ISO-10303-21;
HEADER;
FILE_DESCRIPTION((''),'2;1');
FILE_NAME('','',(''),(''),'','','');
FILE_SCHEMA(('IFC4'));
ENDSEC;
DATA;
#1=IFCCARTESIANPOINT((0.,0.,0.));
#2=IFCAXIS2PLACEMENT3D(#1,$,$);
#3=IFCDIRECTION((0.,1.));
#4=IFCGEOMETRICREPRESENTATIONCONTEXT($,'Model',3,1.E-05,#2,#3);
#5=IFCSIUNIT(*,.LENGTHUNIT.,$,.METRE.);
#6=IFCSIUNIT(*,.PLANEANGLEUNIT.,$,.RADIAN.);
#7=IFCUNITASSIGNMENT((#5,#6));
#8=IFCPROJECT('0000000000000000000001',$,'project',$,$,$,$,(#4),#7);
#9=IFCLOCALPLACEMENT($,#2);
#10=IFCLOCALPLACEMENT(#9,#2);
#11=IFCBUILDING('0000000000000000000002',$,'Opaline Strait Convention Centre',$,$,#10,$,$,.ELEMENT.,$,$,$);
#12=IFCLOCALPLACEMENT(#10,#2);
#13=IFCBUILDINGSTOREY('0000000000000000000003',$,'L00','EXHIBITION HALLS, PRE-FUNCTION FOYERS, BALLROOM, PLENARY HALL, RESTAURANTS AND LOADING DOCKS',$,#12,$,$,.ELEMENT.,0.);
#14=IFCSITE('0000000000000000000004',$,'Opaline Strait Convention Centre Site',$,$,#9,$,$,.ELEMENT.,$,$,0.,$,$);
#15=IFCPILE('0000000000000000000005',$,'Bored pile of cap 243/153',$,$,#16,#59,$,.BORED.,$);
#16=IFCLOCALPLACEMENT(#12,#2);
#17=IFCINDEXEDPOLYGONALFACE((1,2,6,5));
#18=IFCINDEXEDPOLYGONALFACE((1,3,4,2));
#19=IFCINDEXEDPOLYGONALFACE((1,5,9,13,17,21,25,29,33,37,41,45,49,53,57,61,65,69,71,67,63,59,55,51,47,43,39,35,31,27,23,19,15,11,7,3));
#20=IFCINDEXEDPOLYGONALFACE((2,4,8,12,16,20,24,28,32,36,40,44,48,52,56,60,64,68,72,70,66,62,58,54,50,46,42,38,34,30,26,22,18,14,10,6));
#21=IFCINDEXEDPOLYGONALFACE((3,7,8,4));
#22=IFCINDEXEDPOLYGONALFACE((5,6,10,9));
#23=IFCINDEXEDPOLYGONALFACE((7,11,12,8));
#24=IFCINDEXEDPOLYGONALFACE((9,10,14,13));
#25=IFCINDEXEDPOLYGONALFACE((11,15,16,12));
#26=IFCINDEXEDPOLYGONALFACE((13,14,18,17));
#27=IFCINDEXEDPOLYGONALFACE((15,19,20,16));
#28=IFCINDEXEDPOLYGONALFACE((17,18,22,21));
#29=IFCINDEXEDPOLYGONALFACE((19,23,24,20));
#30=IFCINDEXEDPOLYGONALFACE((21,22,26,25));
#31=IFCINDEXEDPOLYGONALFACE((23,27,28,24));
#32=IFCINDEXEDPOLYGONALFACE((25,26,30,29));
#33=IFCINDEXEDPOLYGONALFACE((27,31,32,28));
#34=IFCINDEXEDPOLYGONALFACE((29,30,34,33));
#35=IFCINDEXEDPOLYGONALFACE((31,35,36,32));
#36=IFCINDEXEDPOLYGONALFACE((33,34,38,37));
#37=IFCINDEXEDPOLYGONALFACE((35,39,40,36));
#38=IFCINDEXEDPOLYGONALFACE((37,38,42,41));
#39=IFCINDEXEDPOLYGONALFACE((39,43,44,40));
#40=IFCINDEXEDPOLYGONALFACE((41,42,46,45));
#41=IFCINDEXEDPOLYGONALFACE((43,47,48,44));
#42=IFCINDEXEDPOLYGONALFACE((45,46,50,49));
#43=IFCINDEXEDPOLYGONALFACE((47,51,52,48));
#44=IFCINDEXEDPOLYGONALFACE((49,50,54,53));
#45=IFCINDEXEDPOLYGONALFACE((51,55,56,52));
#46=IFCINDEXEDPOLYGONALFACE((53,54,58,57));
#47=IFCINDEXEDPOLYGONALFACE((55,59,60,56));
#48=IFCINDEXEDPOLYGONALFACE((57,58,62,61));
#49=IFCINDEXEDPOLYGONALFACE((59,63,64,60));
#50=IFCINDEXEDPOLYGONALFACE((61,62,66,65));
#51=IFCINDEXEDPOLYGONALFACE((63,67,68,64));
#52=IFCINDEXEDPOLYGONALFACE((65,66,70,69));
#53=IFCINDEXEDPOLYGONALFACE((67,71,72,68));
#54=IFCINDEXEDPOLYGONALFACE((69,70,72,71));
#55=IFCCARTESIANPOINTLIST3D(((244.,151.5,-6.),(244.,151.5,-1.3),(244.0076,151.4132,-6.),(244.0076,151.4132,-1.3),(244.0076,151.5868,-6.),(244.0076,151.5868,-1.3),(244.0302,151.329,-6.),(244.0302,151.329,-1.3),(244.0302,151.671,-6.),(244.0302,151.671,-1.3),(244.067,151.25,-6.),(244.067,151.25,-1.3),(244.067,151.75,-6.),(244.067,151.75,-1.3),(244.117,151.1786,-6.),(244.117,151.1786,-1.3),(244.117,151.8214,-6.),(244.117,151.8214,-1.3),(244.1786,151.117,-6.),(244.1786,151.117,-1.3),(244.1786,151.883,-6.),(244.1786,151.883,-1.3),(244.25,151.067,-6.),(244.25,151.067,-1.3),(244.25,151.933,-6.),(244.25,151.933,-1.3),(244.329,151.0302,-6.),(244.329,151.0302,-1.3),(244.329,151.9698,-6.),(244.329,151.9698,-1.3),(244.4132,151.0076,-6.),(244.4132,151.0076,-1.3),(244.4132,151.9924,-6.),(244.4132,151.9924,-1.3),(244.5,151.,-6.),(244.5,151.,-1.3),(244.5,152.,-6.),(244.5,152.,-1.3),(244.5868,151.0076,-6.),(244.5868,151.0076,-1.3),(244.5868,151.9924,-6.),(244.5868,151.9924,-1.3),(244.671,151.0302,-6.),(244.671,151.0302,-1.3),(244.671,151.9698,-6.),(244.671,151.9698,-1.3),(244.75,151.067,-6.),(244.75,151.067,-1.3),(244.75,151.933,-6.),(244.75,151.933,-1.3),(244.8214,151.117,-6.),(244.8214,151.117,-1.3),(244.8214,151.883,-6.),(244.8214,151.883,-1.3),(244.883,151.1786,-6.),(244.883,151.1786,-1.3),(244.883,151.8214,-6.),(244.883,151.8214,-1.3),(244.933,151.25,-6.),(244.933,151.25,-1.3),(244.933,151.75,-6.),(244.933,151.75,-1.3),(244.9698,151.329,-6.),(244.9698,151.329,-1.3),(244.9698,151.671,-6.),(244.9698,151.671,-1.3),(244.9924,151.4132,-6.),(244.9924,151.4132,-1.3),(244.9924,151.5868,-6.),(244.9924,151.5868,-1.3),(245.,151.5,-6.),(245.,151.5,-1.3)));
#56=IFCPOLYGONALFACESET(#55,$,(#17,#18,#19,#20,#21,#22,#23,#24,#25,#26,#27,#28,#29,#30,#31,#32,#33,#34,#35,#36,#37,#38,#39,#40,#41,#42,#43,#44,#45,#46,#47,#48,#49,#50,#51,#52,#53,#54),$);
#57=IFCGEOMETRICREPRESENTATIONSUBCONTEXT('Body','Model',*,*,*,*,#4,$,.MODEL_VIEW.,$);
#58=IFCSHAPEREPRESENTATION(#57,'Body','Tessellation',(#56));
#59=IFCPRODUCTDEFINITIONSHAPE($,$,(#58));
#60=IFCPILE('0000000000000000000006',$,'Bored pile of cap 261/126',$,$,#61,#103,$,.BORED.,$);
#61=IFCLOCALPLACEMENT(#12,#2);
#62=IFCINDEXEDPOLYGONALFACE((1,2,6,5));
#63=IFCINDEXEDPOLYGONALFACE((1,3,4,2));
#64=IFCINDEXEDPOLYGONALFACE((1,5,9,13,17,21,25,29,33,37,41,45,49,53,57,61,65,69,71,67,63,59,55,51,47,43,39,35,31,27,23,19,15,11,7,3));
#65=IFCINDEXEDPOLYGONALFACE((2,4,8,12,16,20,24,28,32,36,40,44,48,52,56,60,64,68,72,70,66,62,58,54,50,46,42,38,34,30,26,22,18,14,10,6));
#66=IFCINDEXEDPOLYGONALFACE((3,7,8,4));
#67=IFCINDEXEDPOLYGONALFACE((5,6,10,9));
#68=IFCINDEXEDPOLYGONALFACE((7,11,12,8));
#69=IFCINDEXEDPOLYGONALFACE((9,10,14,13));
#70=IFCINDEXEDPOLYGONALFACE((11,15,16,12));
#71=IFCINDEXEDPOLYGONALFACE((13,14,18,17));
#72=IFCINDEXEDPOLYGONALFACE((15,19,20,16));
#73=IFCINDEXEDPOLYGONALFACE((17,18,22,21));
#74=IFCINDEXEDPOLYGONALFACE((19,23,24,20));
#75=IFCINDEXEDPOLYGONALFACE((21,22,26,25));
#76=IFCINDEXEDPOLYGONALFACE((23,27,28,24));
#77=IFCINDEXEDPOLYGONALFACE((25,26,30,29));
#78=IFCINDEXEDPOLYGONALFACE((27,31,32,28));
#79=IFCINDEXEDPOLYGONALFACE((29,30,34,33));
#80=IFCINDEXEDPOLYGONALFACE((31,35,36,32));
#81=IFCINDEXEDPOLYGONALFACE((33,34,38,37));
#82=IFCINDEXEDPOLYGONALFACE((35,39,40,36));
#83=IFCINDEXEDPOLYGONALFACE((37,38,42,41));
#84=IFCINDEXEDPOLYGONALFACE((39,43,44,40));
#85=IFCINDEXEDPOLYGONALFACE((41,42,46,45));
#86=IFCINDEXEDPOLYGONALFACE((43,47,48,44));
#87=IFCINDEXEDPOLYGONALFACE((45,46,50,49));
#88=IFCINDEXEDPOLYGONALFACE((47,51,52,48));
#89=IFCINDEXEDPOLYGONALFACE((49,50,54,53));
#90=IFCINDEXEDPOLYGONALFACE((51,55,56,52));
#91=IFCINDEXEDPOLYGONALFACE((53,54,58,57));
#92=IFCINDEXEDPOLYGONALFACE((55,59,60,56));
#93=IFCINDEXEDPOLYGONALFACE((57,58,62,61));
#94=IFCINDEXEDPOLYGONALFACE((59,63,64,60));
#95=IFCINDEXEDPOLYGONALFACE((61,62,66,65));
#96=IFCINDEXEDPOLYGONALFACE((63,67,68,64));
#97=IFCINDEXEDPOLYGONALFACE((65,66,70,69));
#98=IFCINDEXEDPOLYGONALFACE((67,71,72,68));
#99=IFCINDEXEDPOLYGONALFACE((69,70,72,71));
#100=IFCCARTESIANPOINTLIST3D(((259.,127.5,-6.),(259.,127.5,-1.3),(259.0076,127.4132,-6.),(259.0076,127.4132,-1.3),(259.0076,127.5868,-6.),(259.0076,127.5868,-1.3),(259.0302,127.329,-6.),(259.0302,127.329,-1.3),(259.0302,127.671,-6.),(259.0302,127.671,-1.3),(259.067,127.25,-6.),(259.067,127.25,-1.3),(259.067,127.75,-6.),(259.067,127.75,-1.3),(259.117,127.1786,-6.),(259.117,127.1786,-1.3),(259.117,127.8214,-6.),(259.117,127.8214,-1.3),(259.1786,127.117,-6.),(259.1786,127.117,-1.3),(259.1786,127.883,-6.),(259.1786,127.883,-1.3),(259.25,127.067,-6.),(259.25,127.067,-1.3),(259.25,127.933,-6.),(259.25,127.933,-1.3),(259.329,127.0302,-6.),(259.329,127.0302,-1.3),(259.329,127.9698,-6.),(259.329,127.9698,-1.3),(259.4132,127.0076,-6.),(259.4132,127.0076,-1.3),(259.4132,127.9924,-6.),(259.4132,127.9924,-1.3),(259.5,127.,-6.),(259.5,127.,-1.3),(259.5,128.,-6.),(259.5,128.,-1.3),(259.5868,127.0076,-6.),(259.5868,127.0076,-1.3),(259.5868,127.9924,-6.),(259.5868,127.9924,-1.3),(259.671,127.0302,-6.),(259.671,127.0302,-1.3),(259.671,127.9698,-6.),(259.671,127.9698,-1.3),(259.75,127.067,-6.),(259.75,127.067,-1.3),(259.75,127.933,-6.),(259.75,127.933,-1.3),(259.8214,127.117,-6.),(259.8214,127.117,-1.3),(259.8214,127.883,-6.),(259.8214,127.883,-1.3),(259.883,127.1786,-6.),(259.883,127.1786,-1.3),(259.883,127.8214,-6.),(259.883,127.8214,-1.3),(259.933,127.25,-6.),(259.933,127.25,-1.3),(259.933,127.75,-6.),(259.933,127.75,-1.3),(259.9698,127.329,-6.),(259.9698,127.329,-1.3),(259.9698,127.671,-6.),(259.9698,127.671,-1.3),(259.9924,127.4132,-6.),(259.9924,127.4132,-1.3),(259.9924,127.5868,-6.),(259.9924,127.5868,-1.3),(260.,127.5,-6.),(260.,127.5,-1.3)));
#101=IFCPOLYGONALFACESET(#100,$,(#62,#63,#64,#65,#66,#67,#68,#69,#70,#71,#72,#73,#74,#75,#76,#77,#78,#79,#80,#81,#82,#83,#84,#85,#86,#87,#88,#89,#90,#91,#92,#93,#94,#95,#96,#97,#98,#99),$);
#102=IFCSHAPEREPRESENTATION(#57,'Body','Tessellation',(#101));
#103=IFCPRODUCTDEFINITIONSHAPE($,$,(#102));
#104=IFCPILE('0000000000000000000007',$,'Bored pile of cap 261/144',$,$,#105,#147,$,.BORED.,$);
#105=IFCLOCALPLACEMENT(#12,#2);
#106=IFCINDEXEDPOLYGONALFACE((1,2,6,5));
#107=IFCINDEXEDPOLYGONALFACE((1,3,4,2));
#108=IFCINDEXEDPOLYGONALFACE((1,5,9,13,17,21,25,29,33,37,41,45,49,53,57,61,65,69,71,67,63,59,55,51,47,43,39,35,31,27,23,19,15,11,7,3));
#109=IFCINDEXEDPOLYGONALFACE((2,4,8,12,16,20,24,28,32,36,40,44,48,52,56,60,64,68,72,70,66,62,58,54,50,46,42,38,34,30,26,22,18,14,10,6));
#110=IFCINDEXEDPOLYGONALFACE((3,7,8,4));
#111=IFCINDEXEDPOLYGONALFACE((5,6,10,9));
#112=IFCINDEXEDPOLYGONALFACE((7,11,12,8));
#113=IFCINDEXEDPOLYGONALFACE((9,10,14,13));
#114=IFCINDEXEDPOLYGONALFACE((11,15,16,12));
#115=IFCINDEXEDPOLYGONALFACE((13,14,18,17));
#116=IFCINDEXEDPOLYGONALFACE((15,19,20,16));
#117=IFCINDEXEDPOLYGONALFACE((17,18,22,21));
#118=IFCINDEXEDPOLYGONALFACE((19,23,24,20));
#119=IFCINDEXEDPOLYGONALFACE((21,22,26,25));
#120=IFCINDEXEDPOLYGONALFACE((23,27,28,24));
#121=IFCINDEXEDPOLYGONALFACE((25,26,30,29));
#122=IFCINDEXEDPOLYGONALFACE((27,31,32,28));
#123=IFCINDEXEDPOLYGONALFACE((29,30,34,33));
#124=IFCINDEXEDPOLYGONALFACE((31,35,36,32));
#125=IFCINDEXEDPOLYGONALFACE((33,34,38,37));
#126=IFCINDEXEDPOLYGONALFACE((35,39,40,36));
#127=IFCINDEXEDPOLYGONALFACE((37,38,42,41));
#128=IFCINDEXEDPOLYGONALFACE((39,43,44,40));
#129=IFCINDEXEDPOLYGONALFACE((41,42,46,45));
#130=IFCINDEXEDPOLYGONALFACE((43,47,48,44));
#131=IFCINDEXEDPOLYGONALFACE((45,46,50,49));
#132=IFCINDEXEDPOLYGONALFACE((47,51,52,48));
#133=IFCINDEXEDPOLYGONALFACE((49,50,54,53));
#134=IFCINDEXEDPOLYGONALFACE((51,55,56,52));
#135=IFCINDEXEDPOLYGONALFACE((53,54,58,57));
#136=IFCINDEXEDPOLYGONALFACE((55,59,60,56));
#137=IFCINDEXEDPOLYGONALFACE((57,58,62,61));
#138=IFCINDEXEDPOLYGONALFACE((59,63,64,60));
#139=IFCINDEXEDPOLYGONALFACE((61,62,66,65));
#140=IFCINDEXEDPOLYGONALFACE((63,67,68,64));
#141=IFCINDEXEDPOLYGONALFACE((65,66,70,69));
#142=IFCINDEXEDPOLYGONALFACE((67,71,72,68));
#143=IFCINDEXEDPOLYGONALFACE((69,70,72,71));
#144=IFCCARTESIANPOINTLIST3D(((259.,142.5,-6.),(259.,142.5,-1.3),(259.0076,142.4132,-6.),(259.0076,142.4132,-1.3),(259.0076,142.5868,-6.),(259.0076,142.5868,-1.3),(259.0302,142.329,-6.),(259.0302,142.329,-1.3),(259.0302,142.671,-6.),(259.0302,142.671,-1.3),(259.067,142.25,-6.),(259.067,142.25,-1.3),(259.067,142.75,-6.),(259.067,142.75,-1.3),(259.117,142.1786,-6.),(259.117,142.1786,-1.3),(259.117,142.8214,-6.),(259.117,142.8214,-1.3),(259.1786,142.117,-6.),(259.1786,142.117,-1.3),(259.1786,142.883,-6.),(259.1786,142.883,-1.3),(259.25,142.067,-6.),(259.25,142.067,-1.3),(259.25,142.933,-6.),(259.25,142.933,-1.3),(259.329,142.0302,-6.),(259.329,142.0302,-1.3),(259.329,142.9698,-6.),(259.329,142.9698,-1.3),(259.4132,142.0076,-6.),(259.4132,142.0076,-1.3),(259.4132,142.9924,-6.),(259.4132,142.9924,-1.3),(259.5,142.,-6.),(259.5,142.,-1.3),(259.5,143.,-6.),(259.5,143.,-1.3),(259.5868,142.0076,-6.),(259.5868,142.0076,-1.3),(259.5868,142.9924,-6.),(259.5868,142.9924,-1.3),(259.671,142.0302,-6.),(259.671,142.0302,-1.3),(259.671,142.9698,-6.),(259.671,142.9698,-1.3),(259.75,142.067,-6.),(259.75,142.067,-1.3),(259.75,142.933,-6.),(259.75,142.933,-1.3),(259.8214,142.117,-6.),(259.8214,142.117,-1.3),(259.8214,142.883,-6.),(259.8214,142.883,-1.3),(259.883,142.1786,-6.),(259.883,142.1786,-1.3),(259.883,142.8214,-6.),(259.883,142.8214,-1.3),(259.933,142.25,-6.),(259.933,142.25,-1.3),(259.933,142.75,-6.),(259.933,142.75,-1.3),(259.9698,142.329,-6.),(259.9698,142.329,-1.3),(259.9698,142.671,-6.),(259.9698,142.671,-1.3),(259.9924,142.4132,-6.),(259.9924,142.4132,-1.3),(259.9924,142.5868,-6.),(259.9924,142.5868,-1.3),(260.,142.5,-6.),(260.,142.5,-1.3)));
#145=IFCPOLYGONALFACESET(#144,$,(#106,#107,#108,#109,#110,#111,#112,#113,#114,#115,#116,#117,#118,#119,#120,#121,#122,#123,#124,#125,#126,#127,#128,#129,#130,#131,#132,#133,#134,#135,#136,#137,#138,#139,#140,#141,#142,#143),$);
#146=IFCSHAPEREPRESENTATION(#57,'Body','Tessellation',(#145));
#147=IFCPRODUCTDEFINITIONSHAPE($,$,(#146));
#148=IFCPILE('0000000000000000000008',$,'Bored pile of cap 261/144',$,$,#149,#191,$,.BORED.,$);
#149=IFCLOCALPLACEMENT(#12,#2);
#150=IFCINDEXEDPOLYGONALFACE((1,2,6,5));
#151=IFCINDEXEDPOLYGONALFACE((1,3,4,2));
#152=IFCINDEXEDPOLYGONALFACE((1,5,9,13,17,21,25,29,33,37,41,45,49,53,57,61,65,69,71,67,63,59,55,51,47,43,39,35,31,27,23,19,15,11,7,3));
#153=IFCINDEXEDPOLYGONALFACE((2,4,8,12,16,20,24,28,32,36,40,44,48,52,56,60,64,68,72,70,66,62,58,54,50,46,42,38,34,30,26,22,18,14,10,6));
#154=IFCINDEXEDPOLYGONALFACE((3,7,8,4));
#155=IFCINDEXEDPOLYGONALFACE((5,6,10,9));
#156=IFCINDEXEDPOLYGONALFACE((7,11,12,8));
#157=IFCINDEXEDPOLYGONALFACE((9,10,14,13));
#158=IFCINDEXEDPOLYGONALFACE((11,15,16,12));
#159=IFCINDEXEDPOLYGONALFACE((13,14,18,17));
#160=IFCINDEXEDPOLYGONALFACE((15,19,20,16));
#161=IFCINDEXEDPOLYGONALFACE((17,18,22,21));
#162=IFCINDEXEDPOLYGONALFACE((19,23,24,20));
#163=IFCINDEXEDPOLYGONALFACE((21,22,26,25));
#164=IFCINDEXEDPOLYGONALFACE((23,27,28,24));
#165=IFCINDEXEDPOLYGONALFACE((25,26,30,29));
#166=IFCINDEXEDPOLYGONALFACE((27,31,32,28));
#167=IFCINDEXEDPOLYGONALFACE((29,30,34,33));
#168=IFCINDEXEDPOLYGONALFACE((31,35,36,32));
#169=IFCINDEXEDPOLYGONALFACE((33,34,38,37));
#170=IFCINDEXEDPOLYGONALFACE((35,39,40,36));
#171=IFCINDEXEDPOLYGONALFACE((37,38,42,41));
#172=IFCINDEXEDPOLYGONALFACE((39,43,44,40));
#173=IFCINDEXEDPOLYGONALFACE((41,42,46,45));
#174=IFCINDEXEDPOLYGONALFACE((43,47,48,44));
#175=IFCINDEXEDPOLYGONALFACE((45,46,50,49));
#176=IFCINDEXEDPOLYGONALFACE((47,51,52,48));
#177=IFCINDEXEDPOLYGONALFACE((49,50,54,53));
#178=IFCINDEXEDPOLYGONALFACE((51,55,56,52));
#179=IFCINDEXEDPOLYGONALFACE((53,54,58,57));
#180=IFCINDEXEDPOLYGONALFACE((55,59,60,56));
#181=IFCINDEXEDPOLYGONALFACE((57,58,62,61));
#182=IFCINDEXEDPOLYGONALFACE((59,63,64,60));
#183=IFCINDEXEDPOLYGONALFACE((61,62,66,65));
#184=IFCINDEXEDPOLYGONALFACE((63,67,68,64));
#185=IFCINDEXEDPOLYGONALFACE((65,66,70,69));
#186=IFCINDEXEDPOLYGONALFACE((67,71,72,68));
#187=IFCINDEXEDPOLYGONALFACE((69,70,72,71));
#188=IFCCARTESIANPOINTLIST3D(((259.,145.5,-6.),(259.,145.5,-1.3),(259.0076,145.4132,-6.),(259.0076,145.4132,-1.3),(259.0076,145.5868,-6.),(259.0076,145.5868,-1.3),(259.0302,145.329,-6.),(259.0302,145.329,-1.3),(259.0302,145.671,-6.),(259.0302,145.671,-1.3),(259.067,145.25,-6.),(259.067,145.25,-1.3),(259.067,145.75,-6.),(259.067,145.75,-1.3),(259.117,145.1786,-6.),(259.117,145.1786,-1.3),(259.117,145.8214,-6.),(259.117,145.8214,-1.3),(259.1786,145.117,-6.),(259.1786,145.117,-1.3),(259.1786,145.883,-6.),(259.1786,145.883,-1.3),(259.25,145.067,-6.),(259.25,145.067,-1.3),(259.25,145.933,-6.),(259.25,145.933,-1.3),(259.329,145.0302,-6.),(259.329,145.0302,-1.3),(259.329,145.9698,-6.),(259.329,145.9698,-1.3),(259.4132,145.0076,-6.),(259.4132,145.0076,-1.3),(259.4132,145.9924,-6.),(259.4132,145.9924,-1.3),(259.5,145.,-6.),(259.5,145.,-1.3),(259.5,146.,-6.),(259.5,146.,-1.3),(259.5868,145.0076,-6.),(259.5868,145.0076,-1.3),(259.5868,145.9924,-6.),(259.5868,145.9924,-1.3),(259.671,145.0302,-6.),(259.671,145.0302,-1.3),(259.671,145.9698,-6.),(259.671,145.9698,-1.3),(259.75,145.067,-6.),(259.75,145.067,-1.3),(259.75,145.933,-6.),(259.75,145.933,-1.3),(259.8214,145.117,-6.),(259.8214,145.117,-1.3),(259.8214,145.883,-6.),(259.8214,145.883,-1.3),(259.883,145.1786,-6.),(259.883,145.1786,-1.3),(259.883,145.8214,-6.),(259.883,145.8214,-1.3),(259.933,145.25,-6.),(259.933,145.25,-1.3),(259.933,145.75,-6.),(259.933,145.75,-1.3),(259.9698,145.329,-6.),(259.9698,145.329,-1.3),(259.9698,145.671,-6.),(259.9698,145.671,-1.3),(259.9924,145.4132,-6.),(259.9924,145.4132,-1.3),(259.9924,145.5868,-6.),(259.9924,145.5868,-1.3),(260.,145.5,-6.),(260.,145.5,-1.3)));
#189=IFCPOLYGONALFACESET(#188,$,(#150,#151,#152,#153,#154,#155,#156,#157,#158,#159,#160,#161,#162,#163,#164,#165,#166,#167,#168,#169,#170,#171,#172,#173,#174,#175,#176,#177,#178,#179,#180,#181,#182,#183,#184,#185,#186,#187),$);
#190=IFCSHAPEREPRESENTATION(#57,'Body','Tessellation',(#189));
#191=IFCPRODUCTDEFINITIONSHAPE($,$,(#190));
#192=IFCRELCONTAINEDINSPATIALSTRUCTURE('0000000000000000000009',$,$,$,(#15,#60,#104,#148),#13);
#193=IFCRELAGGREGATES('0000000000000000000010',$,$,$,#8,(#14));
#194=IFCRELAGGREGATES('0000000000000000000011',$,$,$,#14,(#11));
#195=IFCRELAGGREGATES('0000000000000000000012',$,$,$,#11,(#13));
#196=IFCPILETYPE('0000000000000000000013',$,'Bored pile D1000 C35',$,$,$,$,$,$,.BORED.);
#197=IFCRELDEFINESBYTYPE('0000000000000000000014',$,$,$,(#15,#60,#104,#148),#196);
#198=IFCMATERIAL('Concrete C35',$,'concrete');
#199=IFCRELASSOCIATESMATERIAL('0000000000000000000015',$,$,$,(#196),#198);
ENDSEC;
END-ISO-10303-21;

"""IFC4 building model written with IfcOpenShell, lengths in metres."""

from ifc_helpers import new_model, si_unit, direction, frame, origin, origin_2d, place, context, subcontext, project, spatial, circle, extrude, material, material_profile, profile_set, type_object, element, save


model = new_model("IFC4")

# Units and contexts
model_context = context("Model", 3, precision=1e-05, world=origin(), true_north=direction((0.0, 1.0)))
body_context = subcontext(model_context, "Body", "Model", "MODEL_VIEW")
ifc_project = project(units=[si_unit("LENGTHUNIT", "METRE"), si_unit("PLANEANGLEUNIT", "RADIAN")], contexts=[model_context])

# Site, building, storey
site_placement = place(None, origin())
site = spatial("IfcSite", under=ifc_project, at=site_placement, Name="Opaline Strait Convention Centre Site", CompositionType="ELEMENT", RefElevation=0.0)
building_placement = place(site_placement, origin())
building = spatial("IfcBuilding", under=site, at=building_placement, Name="Opaline Strait Convention Centre", CompositionType="ELEMENT")
storey_placement = place(building_placement, origin())
storey = spatial("IfcBuildingStorey", under=building, at=storey_placement, Name="L00", Description="EXHIBITION HALLS, PRE-FUNCTION FOYERS, BALLROOM, PLENARY HALL, RESTAURANTS AND LOADING DOCKS", CompositionType="ELEMENT", Elevation=0.0)

# Piles
ifc_material_1 = material(Name="Concrete C35", Category="concrete")
ifc_material_profile_1 = material_profile(ifc_material_1, circle(Radius=0.5, at=origin_2d()), Name="D1000")
ifc_profile_set_1 = profile_set([ifc_material_profile_1], Name="Concrete C35")
pile_type_1 = type_object("IfcPileType", Name="Bored pile D1000 C35", PredefinedType="BORED", material=ifc_profile_set_1)
for number, where, z_axis, x_axis, name in (
    (1, (244.5, 151.5, -1.3), (0.0, 0.0, -1.0), (1.0, 0.0, 0.0), "Bored pile of cap 243/153"),
    (2, (259.5, 127.5, -1.3), (0.0, 0.0, -1.0), (1.0, 0.0, 0.0), "Bored pile of cap 261/126"),
    (3, (259.5, 142.5, -1.3), (0.0, 0.0, -1.0), (1.0, 0.0, 0.0), "Bored pile of cap 261/144"),
    (4, (259.5, 145.5, -1.3), (0.0, 0.0, -1.0), (1.0, 0.0, 0.0), "Bored pile of cap 261/144"),
):
    element("IfcPile", number, at=place(storey_placement, frame(where, z_axis=z_axis, x_axis=x_axis)), inside=storey, type_object=pile_type_1, Name=name, PredefinedType="BORED", context=body_context, shape_type="SweptSolid", body=[
        extrude(circle(Radius=0.5, at=origin_2d()), origin(), (0.0, 0.0, 1.0), 4.7),
    ])

save(model, "model.ifc")
